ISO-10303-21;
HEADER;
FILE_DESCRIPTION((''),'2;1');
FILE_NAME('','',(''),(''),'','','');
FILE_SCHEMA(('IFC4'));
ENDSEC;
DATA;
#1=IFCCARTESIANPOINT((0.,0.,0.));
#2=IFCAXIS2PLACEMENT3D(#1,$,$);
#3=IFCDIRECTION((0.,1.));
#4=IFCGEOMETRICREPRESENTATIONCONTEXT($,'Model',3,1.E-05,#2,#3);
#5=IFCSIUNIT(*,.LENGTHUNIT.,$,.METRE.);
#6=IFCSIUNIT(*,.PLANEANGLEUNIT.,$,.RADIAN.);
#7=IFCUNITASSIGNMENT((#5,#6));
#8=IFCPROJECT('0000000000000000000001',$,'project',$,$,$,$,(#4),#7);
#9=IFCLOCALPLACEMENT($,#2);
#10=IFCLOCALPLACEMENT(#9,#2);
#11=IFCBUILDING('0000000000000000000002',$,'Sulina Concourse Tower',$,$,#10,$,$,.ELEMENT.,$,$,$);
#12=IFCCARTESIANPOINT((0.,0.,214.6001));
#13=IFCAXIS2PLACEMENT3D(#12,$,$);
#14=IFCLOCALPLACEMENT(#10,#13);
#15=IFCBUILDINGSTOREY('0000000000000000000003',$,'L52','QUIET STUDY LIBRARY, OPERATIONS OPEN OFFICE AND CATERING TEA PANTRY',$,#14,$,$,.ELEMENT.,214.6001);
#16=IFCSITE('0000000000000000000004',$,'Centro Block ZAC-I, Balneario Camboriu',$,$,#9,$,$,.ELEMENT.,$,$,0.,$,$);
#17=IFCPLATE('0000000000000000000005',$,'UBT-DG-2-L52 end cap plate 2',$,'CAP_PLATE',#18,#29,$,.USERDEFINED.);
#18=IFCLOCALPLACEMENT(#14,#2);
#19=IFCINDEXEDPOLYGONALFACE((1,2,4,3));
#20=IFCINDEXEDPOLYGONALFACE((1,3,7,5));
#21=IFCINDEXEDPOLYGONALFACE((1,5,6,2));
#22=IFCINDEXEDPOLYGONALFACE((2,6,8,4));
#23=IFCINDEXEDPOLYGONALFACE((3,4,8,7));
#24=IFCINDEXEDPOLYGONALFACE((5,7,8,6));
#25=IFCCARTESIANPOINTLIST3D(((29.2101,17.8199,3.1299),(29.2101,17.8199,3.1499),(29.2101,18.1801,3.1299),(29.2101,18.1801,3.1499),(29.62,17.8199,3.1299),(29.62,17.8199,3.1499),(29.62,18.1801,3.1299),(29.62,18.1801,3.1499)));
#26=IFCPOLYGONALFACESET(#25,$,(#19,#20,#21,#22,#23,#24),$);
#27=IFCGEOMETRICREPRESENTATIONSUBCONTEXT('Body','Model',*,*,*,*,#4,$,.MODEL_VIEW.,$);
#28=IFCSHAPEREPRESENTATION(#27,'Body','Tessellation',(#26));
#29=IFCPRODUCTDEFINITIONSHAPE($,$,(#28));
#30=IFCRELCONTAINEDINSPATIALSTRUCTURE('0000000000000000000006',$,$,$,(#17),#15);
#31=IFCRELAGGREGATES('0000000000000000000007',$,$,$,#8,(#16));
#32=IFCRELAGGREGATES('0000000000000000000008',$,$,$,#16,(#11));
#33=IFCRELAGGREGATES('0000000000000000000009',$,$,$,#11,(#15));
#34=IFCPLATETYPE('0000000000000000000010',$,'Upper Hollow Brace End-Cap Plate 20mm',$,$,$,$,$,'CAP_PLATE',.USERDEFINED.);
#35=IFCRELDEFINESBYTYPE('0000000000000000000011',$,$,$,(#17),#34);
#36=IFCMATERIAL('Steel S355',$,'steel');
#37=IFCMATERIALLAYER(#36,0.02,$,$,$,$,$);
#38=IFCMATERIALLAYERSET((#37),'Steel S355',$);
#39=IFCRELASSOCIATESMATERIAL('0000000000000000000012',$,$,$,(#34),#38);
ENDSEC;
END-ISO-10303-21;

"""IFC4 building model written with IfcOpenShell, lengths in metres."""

from ifc_helpers import new_model, si_unit, direction, frame, origin, origin_2d, place, context, subcontext, project, spatial, rectangle, extrude, material, layer, layer_set, type_object, element, save


model = new_model("IFC4")

# Units and contexts
model_context = context("Model", 3, precision=1e-05, world=origin(), true_north=direction((0.0, 1.0)))
body_context = subcontext(model_context, "Body", "Model", "MODEL_VIEW")
ifc_project = project(units=[si_unit("LENGTHUNIT", "METRE"), si_unit("PLANEANGLEUNIT", "RADIAN")], contexts=[model_context])

# Site, building, storey
site_placement = place(None, origin())
site = spatial("IfcSite", under=ifc_project, at=site_placement, Name="Centro Block ZAC-I, Balneario Camboriu", CompositionType="ELEMENT", RefElevation=0.0)
building_placement = place(site_placement, origin())
building = spatial("IfcBuilding", under=site, at=building_placement, Name="Sulina Concourse Tower", CompositionType="ELEMENT")
storey_placement = place(building_placement, frame((0.0, 0.0, 214.6001)))
storey = spatial("IfcBuildingStorey", under=building, at=storey_placement, Name="L52", Description="QUIET STUDY LIBRARY, OPERATIONS OPEN OFFICE AND CATERING TEA PANTRY", CompositionType="ELEMENT", Elevation=214.6001)

# Plate
ifc_material_1 = material(Name="Steel S355", Category="steel")
ifc_layer_1 = layer(ifc_material_1, 0.02)
ifc_layer_set_1 = layer_set([ifc_layer_1], Name="Steel S355")
plate_type_1 = type_object("IfcPlateType", Name="Upper Hollow Brace End-Cap Plate 20mm", ElementType="CAP_PLATE", PredefinedType="USERDEFINED", material=ifc_layer_set_1)
for number, where, z_axis, x_axis, name in (
    (1, (29.415, 18.0, 3.1299), (0.0, 0.0, 1.0), (1.0, 0.0, 0.0), "UBT-DG-2-L52 end cap plate 2"),
):
    element("IfcPlate", number, at=place(storey_placement, frame(where, z_axis=z_axis, x_axis=x_axis)), inside=storey, type_object=plate_type_1, Name=name, ObjectType="CAP_PLATE", PredefinedType="USERDEFINED", context=body_context, shape_type="SweptSolid", body=[
        extrude(rectangle(XDim=0.4099, YDim=0.3601, at=origin_2d()), origin(), (0.0, 0.0, 1.0), 0.02),
    ])

save(model, "model.ifc")
